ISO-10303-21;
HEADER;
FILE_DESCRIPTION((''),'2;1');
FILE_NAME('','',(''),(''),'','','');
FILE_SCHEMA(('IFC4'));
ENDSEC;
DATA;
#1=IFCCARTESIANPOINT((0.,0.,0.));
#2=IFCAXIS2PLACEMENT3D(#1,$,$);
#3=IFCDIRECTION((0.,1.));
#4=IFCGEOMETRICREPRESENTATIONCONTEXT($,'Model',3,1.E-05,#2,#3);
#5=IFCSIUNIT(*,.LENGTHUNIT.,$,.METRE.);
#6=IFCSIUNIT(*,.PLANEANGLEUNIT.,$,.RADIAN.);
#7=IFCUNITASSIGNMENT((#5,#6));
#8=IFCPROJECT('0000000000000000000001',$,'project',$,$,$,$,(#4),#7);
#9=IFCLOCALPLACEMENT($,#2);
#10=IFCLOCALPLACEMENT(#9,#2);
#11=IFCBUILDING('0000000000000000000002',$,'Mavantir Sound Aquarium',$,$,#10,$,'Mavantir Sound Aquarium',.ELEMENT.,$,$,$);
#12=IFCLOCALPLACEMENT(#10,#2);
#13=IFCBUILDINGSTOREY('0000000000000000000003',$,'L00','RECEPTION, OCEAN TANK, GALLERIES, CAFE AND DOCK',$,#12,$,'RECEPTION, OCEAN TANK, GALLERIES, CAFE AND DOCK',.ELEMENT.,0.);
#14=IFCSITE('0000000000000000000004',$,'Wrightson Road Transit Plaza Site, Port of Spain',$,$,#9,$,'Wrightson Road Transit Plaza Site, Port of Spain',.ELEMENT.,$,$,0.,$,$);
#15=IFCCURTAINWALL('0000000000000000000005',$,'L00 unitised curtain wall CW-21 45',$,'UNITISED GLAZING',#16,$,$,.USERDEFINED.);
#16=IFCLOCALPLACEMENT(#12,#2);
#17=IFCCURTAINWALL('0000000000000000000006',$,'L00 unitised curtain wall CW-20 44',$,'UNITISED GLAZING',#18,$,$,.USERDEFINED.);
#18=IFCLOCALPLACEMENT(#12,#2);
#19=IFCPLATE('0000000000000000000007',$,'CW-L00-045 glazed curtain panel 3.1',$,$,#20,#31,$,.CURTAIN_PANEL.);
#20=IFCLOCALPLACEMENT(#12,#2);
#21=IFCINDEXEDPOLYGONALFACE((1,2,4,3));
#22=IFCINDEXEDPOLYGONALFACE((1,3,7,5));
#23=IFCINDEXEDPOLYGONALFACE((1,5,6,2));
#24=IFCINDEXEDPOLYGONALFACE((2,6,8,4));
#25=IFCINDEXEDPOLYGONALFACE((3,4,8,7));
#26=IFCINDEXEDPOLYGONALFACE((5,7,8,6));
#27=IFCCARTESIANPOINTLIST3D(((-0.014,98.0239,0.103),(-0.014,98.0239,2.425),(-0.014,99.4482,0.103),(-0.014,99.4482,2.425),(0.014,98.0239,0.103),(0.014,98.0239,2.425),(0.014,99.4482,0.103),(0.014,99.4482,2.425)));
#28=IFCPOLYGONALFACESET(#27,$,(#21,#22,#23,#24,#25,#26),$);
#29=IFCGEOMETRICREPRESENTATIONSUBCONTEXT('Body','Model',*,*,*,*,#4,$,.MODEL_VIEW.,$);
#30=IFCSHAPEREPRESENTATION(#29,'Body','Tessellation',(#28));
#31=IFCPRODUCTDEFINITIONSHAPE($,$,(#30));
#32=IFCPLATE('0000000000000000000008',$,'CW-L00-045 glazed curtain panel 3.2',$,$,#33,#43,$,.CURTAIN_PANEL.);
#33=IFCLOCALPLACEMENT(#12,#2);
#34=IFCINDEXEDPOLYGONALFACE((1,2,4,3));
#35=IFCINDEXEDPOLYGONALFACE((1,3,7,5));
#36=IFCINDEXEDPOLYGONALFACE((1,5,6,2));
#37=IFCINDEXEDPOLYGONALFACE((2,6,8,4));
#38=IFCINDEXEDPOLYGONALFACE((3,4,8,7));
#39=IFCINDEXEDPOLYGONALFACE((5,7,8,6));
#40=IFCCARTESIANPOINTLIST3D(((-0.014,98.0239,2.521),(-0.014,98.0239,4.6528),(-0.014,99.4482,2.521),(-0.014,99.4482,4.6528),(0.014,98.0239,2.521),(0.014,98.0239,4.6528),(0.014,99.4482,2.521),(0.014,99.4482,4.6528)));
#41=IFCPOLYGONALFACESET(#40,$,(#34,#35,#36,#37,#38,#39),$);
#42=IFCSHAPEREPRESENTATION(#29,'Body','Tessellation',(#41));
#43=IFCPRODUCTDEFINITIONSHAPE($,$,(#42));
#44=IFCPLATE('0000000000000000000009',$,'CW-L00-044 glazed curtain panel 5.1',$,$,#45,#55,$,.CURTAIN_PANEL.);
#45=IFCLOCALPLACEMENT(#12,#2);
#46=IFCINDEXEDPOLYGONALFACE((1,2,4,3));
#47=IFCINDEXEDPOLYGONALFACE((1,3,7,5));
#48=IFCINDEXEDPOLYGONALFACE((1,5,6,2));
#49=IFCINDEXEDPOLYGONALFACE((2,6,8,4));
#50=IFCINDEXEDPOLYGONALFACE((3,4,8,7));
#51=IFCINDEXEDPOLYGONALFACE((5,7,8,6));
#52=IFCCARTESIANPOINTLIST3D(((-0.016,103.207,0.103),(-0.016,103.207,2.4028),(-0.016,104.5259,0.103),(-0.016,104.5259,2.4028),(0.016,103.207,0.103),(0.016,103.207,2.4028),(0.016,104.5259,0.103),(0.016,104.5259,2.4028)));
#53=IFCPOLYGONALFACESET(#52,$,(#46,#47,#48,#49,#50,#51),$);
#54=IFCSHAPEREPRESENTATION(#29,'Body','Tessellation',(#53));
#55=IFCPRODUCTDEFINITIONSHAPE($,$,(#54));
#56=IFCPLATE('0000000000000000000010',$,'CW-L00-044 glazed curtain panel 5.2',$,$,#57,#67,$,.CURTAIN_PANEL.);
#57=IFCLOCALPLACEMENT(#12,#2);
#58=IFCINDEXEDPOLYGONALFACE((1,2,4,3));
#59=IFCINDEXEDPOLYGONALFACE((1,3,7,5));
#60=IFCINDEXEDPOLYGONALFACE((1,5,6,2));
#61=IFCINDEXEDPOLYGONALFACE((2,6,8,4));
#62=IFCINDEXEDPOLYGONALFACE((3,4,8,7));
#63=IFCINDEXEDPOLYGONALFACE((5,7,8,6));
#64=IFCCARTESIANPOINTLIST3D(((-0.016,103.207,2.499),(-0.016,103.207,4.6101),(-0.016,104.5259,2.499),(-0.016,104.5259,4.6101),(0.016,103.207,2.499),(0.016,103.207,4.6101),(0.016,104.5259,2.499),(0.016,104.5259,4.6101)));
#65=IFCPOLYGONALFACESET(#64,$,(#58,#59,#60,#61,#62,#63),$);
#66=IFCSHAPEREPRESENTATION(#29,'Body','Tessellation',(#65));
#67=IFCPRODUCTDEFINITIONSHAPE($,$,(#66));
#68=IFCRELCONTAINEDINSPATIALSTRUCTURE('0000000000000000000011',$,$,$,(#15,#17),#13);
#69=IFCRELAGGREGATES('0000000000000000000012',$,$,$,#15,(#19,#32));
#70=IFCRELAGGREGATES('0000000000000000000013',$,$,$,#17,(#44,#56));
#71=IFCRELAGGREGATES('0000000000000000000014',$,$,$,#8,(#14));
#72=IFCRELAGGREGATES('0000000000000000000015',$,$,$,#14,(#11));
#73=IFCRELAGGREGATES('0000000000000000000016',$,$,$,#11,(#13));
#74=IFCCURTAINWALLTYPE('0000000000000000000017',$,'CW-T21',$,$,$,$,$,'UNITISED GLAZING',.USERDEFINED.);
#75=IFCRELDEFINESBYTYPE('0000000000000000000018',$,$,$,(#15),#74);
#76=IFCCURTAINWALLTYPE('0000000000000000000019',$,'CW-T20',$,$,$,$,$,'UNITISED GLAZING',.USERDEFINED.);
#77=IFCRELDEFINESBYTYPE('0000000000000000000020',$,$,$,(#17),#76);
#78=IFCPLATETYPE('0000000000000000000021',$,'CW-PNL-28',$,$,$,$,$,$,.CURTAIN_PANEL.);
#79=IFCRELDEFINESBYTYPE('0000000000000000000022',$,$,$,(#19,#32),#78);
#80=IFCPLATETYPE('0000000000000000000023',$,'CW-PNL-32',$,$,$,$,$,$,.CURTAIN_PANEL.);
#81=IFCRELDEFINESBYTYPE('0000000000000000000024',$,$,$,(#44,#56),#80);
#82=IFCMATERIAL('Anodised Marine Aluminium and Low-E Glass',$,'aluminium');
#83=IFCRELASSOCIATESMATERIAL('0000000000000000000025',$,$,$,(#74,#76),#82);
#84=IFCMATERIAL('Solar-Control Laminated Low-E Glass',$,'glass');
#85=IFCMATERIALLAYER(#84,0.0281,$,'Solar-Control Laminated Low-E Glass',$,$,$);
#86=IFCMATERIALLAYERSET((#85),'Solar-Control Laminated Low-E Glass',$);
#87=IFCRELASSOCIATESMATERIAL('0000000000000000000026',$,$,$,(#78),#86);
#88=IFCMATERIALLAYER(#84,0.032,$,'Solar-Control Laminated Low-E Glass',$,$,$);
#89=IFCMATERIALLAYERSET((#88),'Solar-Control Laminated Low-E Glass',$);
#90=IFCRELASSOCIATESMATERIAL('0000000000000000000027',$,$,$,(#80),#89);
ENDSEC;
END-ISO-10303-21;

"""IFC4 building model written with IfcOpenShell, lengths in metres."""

from ifc_helpers import new_model, si_unit, direction, frame, origin, origin_2d, place, context, subcontext, project, spatial, rectangle, extrude, material, layer, layer_set, type_object, element, aggregate, save


model = new_model("IFC4")

# Units and contexts
model_context = context("Model", 3, precision=1e-05, world=origin(), true_north=direction((0.0, 1.0)))
body_context = subcontext(model_context, "Body", "Model", "MODEL_VIEW")
ifc_project = project(units=[si_unit("LENGTHUNIT", "METRE"), si_unit("PLANEANGLEUNIT", "RADIAN")], contexts=[model_context])

# Site, building, storey
site_placement = place(None, origin())
site = spatial("IfcSite", under=ifc_project, at=site_placement, Name="Wrightson Road Transit Plaza Site, Port of Spain", LongName="Wrightson Road Transit Plaza Site, Port of Spain", CompositionType="ELEMENT", RefElevation=0.0)
building_placement = place(site_placement, origin())
building = spatial("IfcBuilding", under=site, at=building_placement, Name="Mavantir Sound Aquarium", LongName="Mavantir Sound Aquarium", CompositionType="ELEMENT")
storey_placement = place(building_placement, origin())
storey = spatial("IfcBuildingStorey", under=building, at=storey_placement, Name="L00", Description="RECEPTION, OCEAN TANK, GALLERIES, CAFE AND DOCK", LongName="RECEPTION, OCEAN TANK, GALLERIES, CAFE AND DOCK", CompositionType="ELEMENT", Elevation=0.0)

# Curtain walls
ifc_material_1 = material(Name="Anodised Marine Aluminium and Low-E Glass", Category="aluminium")
curtain_wall_type_1 = type_object("IfcCurtainWallType", Name="CW-T21", ElementType="UNITISED GLAZING", PredefinedType="USERDEFINED", material=ifc_material_1)
curtain_wall_1_placement = place(storey_placement, origin())
curtain_wall_1 = element("IfcCurtainWall", 1, at=curtain_wall_1_placement, inside=storey, type_object=curtain_wall_type_1, Name="L00 unitised curtain wall CW-21 45", ObjectType="UNITISED GLAZING", PredefinedType="USERDEFINED")
curtain_wall_type_2 = type_object("IfcCurtainWallType", Name="CW-T20", ElementType="UNITISED GLAZING", PredefinedType="USERDEFINED", material=ifc_material_1)
curtain_wall_2_placement = place(storey_placement, origin())
curtain_wall_2 = element("IfcCurtainWall", 2, at=curtain_wall_2_placement, inside=storey, type_object=curtain_wall_type_2, Name="L00 unitised curtain wall CW-20 44", ObjectType="UNITISED GLAZING", PredefinedType="USERDEFINED")

# Plates
ifc_material_2 = material(Name="Solar-Control Laminated Low-E Glass", Category="glass")
ifc_layer_1 = layer(ifc_material_2, 0.0281, Name="Solar-Control Laminated Low-E Glass")
ifc_layer_set_1 = layer_set([ifc_layer_1], Name="Solar-Control Laminated Low-E Glass")
plate_type_1 = type_object("IfcPlateType", Name="CW-PNL-28", PredefinedType="CURTAIN_PANEL", material=ifc_layer_set_1)
plate_1_placement = place(storey_placement, frame((0.0, 98.7361, 0.103), z_axis=(0.0, 0.0, 1.0), x_axis=(0.0, -1.0, 0.0)))
plate_1 = element("IfcPlate", 3, at=plate_1_placement, type_object=plate_type_1, Name="CW-L00-045 glazed curtain panel 3.1", PredefinedType="CURTAIN_PANEL", context=body_context, shape_type="SweptSolid", body=[
    extrude(rectangle(XDim=1.4243, YDim=0.0281, at=origin_2d()), origin(), (0.0, 0.0, 1.0), 2.322),
])
plate_2_placement = place(storey_placement, frame((0.0, 98.7361, 2.521), z_axis=(0.0, 0.0, 1.0), x_axis=(0.0, -1.0, 0.0)))
plate_2 = element("IfcPlate", 4, at=plate_2_placement, type_object=plate_type_1, Name="CW-L00-045 glazed curtain panel 3.2", PredefinedType="CURTAIN_PANEL", context=body_context, shape_type="SweptSolid", body=[
    extrude(rectangle(XDim=1.4243, YDim=0.0281, at=origin_2d()), origin(), (0.0, 0.0, 1.0), 2.1318),
])
aggregate(curtain_wall_1, [plate_1, plate_2])
ifc_layer_2 = layer(ifc_material_2, 0.032, Name="Solar-Control Laminated Low-E Glass")
ifc_layer_set_2 = layer_set([ifc_layer_2], Name="Solar-Control Laminated Low-E Glass")
plate_type_2 = type_object("IfcPlateType", Name="CW-PNL-32", PredefinedType="CURTAIN_PANEL", material=ifc_layer_set_2)
plate_3_placement = place(storey_placement, frame((0.0, 103.8665, 0.103), z_axis=(0.0, 0.0, 1.0), x_axis=(0.0, -1.0, 0.0)))
plate_3 = element("IfcPlate", 5, at=plate_3_placement, type_object=plate_type_2, Name="CW-L00-044 glazed curtain panel 5.1", PredefinedType="CURTAIN_PANEL", context=body_context, shape_type="SweptSolid", body=[
    extrude(rectangle(XDim=1.3188, YDim=0.032, at=origin_2d()), origin(), (0.0, 0.0, 1.0), 2.2998),
])
plate_4_placement = place(storey_placement, frame((0.0, 103.8665, 2.499), z_axis=(0.0, 0.0, 1.0), x_axis=(0.0, -1.0, 0.0)))
plate_4 = element("IfcPlate", 6, at=plate_4_placement, type_object=plate_type_2, Name="CW-L00-044 glazed curtain panel 5.2", PredefinedType="CURTAIN_PANEL", context=body_context, shape_type="SweptSolid", body=[
    extrude(rectangle(XDim=1.3188, YDim=0.032, at=origin_2d()), origin(), (0.0, 0.0, 1.0), 2.1111),
])
aggregate(curtain_wall_2, [plate_3, plate_4])

save(model, "model.ifc")
